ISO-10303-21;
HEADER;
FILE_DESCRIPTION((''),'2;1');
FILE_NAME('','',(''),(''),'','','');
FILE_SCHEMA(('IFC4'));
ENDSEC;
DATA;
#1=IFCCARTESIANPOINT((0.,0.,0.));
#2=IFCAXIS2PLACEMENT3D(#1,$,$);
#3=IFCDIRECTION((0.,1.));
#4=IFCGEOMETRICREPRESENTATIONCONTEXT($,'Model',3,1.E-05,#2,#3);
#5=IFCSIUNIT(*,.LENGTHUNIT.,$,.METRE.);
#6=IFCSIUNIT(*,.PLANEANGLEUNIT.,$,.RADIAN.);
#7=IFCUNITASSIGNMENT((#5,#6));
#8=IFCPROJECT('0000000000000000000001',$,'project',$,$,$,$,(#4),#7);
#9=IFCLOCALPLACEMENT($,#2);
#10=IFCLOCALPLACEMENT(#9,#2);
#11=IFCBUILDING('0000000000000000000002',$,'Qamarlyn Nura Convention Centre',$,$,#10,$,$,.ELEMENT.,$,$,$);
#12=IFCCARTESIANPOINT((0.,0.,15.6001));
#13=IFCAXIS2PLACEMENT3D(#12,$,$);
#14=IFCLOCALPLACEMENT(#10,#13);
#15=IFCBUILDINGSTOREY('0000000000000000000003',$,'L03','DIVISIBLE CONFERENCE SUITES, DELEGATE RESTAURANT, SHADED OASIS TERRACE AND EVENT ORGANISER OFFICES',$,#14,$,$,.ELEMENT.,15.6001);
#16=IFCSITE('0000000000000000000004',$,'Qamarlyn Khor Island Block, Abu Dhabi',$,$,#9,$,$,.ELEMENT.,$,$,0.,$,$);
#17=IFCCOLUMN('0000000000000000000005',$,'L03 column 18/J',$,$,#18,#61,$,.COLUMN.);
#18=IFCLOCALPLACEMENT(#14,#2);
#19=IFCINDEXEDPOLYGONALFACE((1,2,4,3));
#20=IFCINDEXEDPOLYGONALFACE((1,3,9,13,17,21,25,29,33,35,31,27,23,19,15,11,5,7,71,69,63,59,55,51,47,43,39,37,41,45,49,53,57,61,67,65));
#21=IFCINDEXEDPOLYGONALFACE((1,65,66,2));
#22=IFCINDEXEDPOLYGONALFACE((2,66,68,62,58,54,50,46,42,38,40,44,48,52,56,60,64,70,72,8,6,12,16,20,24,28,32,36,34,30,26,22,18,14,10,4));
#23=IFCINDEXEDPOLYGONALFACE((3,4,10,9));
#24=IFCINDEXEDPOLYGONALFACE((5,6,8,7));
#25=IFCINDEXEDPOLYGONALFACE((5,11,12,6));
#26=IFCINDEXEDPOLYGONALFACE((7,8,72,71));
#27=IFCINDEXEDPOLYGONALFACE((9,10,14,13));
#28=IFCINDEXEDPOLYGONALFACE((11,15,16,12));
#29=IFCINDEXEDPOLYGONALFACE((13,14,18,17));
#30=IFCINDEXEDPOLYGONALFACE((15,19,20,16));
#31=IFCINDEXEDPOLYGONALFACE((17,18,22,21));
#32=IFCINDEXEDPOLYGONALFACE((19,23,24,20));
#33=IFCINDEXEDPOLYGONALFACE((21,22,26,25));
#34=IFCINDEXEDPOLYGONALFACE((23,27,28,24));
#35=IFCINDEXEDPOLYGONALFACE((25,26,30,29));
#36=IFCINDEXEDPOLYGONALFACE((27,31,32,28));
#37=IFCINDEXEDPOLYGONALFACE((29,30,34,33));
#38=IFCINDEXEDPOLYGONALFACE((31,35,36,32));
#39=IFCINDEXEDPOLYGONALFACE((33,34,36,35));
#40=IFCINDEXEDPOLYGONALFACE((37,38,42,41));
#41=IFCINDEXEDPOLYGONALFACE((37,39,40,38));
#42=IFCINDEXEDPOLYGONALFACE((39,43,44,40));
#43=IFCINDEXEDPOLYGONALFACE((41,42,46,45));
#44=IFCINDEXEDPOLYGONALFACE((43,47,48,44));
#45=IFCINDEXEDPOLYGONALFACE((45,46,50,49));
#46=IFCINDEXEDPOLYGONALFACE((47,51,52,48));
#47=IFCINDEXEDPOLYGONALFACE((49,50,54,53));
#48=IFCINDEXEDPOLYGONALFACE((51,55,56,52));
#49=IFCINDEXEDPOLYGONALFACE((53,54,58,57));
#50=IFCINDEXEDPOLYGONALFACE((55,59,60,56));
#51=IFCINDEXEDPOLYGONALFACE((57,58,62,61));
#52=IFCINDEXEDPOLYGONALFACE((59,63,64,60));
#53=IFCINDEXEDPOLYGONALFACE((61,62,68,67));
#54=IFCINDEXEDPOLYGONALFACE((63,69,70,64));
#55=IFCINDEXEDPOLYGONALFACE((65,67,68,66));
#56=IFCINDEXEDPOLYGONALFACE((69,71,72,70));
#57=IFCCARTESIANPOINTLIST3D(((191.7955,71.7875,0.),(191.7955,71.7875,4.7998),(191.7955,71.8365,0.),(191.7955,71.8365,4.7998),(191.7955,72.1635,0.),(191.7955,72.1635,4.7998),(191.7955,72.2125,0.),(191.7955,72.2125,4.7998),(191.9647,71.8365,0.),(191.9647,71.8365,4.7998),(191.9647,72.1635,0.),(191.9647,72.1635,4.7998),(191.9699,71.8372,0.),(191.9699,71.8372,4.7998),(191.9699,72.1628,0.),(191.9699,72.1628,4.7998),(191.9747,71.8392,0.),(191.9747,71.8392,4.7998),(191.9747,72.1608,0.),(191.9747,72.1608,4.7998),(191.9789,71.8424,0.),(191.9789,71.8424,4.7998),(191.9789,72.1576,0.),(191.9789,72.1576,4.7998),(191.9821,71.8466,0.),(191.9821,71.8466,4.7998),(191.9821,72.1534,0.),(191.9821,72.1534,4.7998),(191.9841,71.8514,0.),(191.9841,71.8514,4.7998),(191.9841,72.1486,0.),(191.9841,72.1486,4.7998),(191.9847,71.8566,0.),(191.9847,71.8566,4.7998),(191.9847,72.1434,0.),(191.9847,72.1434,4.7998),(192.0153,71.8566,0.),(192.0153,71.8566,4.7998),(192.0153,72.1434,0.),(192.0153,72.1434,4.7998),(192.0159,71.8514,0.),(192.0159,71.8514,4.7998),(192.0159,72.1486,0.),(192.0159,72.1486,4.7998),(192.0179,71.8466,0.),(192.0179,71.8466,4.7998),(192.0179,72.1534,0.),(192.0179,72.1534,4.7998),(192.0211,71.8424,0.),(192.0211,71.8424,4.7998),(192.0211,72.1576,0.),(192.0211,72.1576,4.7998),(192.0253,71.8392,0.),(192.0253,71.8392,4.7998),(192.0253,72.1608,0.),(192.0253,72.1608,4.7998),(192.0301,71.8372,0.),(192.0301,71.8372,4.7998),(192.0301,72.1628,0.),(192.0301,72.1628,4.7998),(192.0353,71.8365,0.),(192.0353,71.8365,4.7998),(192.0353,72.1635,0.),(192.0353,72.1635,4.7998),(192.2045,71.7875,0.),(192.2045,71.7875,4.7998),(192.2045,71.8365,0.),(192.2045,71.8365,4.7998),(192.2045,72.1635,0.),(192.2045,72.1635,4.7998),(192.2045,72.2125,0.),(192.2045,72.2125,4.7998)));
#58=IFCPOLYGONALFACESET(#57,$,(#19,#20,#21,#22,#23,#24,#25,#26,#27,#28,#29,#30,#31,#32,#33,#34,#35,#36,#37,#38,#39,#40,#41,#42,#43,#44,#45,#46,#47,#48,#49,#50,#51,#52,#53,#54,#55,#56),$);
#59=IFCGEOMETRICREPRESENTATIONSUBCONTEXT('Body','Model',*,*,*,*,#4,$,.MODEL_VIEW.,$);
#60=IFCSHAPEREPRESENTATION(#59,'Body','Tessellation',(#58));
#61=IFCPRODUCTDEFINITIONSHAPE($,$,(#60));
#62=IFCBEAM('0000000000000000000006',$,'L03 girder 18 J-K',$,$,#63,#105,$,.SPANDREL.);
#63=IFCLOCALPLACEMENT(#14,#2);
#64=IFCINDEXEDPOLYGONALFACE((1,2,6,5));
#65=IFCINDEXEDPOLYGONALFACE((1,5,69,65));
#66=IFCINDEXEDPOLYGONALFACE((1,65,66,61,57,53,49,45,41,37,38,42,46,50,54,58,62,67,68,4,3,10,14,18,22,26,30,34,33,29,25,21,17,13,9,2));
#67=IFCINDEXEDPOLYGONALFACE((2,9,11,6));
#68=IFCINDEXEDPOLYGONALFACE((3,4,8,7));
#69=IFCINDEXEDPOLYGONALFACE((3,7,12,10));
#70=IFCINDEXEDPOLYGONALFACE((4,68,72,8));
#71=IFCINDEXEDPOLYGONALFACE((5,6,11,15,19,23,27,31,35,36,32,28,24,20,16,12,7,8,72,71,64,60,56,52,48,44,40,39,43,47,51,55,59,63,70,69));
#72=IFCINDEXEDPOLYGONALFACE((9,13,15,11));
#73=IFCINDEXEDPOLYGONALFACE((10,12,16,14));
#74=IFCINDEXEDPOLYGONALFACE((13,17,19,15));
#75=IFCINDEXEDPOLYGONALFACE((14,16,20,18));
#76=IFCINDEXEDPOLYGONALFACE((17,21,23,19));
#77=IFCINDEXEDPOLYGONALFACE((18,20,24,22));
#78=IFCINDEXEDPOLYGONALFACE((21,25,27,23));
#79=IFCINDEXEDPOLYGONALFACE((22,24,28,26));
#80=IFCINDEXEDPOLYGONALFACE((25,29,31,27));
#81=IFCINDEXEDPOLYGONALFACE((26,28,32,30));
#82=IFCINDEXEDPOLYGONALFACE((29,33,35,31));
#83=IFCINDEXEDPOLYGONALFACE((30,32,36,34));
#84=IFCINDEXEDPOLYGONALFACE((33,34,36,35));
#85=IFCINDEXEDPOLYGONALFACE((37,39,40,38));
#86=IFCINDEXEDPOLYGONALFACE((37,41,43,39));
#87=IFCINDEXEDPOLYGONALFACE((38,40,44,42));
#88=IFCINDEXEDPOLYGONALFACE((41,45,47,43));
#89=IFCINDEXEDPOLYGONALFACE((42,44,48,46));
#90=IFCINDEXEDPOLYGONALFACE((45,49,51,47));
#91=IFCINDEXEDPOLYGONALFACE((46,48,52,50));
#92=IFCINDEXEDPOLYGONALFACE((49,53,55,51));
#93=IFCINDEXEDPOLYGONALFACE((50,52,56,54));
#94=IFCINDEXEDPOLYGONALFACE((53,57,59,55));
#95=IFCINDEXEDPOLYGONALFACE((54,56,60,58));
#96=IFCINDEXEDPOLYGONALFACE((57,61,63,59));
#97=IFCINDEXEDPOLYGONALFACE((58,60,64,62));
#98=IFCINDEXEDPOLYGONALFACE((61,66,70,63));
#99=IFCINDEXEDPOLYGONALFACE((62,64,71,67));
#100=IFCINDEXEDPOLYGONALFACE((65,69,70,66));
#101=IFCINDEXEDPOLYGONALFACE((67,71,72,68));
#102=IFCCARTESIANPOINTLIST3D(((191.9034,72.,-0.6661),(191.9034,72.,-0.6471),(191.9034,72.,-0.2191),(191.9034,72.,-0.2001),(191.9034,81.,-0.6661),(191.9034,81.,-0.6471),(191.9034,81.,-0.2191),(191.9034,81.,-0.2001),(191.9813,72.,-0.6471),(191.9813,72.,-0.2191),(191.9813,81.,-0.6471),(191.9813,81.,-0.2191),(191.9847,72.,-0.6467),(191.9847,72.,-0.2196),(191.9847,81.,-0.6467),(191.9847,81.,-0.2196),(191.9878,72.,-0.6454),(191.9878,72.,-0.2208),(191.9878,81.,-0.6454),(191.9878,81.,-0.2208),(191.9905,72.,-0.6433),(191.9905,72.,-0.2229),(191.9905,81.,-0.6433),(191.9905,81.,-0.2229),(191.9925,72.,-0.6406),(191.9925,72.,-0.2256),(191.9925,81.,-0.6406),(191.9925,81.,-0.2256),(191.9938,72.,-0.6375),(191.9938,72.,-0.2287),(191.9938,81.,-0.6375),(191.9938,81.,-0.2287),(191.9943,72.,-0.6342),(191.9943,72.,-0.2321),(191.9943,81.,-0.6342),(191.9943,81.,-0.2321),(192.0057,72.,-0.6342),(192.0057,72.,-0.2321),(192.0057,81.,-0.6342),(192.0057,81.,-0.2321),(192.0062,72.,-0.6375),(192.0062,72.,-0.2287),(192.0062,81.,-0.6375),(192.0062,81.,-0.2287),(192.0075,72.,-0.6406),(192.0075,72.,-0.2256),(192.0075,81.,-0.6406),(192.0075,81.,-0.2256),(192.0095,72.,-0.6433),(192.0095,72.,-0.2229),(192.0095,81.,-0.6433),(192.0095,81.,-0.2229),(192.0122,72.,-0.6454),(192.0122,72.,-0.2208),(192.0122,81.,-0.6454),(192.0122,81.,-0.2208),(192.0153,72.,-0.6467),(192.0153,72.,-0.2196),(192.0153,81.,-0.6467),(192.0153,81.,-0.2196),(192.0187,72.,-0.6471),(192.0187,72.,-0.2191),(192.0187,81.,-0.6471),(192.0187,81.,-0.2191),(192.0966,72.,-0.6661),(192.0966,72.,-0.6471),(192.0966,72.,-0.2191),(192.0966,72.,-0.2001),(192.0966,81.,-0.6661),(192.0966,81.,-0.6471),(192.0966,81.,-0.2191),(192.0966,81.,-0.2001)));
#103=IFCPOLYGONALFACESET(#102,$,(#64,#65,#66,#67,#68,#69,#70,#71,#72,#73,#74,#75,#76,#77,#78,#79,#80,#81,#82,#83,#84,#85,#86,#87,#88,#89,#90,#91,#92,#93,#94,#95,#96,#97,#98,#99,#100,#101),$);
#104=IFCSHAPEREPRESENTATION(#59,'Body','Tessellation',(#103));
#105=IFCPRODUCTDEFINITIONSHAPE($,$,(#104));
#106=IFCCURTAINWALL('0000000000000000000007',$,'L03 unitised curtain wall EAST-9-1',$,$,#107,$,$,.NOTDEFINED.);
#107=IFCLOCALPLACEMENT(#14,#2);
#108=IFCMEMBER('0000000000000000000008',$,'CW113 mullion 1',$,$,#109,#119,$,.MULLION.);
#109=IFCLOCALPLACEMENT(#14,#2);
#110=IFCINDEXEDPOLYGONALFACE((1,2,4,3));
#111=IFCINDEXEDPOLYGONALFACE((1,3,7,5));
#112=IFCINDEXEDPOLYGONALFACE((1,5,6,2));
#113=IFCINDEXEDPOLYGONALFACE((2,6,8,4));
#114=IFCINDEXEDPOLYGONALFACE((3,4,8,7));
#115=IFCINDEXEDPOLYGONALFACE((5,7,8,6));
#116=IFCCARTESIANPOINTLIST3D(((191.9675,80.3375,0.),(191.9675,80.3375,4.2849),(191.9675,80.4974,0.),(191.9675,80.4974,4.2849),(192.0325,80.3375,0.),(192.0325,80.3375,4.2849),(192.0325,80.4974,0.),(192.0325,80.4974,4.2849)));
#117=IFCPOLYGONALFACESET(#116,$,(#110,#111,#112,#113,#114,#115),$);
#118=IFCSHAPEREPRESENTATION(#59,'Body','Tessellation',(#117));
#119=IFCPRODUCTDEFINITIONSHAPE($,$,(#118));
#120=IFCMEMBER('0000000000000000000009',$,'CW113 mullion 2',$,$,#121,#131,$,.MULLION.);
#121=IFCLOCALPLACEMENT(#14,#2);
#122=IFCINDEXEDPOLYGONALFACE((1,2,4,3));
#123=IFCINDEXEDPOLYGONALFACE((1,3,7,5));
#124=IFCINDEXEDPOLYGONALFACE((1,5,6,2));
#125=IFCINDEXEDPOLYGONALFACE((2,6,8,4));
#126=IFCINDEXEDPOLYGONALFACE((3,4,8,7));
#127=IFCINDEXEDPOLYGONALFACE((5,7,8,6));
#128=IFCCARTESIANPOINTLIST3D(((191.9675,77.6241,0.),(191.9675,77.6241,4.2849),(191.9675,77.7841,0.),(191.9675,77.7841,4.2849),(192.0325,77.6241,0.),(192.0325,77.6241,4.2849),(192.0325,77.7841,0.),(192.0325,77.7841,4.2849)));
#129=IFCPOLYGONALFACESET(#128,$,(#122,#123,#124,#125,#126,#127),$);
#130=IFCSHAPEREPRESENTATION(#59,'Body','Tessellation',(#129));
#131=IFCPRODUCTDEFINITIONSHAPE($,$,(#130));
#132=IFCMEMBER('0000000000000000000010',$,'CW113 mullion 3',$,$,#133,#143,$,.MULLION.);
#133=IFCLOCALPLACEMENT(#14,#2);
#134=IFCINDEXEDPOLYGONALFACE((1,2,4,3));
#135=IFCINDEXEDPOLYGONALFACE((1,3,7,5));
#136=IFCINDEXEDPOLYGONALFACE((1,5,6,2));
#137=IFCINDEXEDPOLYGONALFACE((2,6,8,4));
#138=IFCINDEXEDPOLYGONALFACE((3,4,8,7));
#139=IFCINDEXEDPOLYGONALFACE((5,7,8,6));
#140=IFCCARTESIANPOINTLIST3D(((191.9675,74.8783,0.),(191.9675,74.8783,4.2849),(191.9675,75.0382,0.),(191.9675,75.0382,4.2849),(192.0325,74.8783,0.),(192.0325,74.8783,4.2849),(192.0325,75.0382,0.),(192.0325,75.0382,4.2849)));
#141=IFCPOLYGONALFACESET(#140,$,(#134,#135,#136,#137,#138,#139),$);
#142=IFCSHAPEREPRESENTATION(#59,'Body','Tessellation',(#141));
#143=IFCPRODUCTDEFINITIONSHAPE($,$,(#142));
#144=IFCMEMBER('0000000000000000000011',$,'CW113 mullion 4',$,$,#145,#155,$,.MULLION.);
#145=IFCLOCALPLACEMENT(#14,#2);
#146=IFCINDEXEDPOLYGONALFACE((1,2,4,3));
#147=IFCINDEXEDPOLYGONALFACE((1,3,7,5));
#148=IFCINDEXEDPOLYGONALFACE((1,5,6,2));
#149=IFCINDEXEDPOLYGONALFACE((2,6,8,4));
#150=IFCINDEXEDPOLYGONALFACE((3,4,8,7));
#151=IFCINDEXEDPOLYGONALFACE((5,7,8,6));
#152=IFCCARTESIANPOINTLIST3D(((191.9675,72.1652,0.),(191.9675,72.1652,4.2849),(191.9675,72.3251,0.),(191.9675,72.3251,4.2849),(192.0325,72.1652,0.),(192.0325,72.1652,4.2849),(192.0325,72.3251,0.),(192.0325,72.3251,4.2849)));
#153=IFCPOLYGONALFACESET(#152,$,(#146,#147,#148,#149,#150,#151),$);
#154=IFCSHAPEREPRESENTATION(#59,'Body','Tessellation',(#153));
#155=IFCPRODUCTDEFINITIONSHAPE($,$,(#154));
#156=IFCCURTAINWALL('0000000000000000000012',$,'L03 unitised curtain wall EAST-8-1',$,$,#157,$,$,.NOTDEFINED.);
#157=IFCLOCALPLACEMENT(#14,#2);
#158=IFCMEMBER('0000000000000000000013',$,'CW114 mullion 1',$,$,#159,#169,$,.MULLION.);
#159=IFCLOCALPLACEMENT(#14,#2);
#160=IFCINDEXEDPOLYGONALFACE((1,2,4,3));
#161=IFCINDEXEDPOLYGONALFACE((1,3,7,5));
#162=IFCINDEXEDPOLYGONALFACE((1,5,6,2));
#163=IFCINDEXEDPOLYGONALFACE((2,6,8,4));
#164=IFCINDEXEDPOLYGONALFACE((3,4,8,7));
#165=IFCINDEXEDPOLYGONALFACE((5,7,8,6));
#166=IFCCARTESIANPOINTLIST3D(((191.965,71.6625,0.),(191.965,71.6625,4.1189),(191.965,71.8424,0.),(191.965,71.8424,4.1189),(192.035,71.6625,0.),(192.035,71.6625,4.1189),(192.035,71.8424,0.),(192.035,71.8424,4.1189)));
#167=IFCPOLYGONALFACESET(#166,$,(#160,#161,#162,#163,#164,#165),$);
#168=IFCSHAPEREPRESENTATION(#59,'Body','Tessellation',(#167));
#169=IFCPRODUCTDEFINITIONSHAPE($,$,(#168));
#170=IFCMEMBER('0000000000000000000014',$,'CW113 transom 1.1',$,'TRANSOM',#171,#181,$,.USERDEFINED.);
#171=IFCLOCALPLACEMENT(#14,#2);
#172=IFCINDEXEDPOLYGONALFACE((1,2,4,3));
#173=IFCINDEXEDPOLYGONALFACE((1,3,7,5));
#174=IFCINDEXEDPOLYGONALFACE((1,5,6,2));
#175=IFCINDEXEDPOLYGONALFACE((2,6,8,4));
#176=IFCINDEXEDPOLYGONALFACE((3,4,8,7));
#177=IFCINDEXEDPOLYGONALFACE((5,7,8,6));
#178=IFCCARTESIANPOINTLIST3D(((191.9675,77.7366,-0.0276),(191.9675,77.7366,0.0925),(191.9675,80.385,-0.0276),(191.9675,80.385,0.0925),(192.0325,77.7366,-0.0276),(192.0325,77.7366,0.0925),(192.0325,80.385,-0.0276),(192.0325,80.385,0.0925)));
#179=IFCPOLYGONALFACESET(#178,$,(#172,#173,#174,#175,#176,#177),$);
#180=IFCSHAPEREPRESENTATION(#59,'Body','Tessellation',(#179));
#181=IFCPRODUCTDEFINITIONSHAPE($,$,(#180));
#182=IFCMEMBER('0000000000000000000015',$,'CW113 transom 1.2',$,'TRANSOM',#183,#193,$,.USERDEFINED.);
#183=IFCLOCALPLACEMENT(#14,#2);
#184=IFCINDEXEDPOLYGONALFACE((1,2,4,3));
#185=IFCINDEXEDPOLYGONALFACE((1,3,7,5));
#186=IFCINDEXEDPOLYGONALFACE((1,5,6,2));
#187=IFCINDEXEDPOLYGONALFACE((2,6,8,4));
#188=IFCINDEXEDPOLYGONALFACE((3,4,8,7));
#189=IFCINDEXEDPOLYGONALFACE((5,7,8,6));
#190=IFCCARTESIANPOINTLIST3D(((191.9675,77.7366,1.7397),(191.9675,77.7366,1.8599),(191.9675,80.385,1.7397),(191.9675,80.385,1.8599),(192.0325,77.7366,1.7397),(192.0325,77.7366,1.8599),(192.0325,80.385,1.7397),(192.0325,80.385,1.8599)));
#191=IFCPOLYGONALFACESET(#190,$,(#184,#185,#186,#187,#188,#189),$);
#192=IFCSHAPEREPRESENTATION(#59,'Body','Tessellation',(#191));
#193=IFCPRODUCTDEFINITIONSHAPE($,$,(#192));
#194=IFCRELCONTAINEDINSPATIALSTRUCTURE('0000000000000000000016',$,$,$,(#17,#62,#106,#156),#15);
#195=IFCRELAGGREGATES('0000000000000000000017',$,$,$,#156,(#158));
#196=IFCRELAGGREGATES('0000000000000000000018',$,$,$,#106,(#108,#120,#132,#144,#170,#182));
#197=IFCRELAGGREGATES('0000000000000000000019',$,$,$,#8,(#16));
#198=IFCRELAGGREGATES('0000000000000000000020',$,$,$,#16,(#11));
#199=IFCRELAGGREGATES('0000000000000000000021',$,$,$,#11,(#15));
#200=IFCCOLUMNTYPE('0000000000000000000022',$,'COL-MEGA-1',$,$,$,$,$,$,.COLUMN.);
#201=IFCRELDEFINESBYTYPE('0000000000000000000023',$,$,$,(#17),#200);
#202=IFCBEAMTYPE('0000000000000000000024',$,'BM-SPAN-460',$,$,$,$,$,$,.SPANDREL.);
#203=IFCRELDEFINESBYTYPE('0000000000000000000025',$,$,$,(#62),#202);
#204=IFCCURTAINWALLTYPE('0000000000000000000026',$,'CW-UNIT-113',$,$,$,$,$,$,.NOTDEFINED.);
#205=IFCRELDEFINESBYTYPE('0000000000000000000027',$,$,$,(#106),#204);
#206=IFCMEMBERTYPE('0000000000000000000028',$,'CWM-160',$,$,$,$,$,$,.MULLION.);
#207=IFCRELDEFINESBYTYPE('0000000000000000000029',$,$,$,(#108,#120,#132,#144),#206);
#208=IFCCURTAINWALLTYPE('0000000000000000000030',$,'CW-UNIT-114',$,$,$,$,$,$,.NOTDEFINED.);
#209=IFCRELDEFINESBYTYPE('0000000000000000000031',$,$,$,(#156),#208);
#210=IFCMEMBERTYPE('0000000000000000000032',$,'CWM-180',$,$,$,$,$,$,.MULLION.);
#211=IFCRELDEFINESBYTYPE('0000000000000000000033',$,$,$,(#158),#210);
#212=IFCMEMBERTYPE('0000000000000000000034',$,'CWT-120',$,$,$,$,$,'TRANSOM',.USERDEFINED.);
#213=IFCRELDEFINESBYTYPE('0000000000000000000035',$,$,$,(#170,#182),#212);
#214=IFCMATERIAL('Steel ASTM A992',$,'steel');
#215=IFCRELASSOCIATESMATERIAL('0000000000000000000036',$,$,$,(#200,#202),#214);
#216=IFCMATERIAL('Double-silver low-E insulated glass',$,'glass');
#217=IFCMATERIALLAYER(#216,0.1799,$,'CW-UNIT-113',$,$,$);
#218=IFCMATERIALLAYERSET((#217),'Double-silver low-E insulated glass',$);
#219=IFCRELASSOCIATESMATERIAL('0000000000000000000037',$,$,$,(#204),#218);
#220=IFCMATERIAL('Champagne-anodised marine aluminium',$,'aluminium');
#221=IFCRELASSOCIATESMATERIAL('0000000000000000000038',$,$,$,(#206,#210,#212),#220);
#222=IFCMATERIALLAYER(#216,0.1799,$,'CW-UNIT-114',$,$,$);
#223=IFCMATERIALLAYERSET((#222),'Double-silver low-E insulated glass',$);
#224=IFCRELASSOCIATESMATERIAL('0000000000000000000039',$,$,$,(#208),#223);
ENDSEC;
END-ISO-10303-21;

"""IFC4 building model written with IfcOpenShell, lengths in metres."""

from ifc_helpers import new_model, si_unit, direction, frame, origin, origin_2d, place, context, subcontext, project, spatial, rectangle, i_section, extrude, material, layer, layer_set, material_profile, profile_set, type_object, element, aggregate, save


model = new_model("IFC4")

# Units and contexts
model_context = context("Model", 3, precision=1e-05, world=origin(), true_north=direction((0.0, 1.0)))
body_context = subcontext(model_context, "Body", "Model", "MODEL_VIEW")
ifc_project = project(units=[si_unit("LENGTHUNIT", "METRE"), si_unit("PLANEANGLEUNIT", "RADIAN")], contexts=[model_context])

# Site, building, storey
site_placement = place(None, origin())
site = spatial("IfcSite", under=ifc_project, at=site_placement, Name="Qamarlyn Khor Island Block, Abu Dhabi", CompositionType="ELEMENT", RefElevation=0.0)
building_placement = place(site_placement, origin())
building = spatial("IfcBuilding", under=site, at=building_placement, Name="Qamarlyn Nura Convention Centre", CompositionType="ELEMENT")
storey_placement = place(building_placement, frame((0.0, 0.0, 15.6001)))
storey = spatial("IfcBuildingStorey", under=building, at=storey_placement, Name="L03", Description="DIVISIBLE CONFERENCE SUITES, DELEGATE RESTAURANT, SHADED OASIS TERRACE AND EVENT ORGANISER OFFICES", CompositionType="ELEMENT", Elevation=15.6001)

# Column
ifc_material_1 = material(Name="Steel ASTM A992", Category="steel")
ifc_material_profile_1 = material_profile(ifc_material_1, i_section(OverallWidth=0.4089, OverallDepth=0.425, WebThickness=0.0305, FlangeThickness=0.0491, FilletRadius=0.02, at=origin_2d()), Name="W360X421")
ifc_profile_set_1 = profile_set([ifc_material_profile_1], Name="Steel ASTM A992")
column_type = type_object("IfcColumnType", Name="COL-MEGA-1", PredefinedType="COLUMN", material=ifc_profile_set_1)
column_placement = place(storey_placement, frame((192.0, 72.0, 0.0), z_axis=(0.0, 0.0, 1.0), x_axis=(1.0, 0.0, 0.0)))
element("IfcColumn", 1, at=column_placement, inside=storey, type_object=column_type, Name="L03 column 18/J", PredefinedType="COLUMN", context=body_context, shape_type="SweptSolid", body=[
    extrude(i_section(OverallWidth=0.4089, OverallDepth=0.425, WebThickness=0.0305, FlangeThickness=0.0491, FilletRadius=0.02, at=origin_2d()), origin(), (0.0, 0.0, 1.0), 4.7998),
])

# Beam
ifc_material_profile_2 = material_profile(ifc_material_1, i_section(OverallWidth=0.1931, OverallDepth=0.4661, WebThickness=0.0115, FlangeThickness=0.019, FilletRadius=0.0129, at=origin_2d()), Name="W460X97")
ifc_profile_set_2 = profile_set([ifc_material_profile_2], Name="Steel ASTM A992")
beam_type = type_object("IfcBeamType", Name="BM-SPAN-460", PredefinedType="SPANDREL", material=ifc_profile_set_2)
beam_placement = place(storey_placement, frame((192.0, 72.0, -0.4331), z_axis=(0.0, 1.0, 0.0), x_axis=(-1.0, 0.0, 0.0)))
element("IfcBeam", 2, at=beam_placement, inside=storey, type_object=beam_type, Name="L03 girder 18 J-K", PredefinedType="SPANDREL", context=body_context, shape_type="SweptSolid", body=[
    extrude(i_section(OverallWidth=0.1931, OverallDepth=0.4661, WebThickness=0.0115, FlangeThickness=0.019, FilletRadius=0.0129, at=origin_2d()), origin(), (0.0, 0.0, 1.0), 9.0),
])

# Curtain wall, members
ifc_material_2 = material(Name="Double-silver low-E insulated glass", Category="glass")
ifc_layer_1 = layer(ifc_material_2, 0.1799, Name="CW-UNIT-113")
ifc_layer_set_1 = layer_set([ifc_layer_1], Name="Double-silver low-E insulated glass")
curtain_wall_type_1 = type_object("IfcCurtainWallType", Name="CW-UNIT-113", PredefinedType="NOTDEFINED", material=ifc_layer_set_1)
curtain_wall_1_placement = place(storey_placement, origin())
curtain_wall_1 = element("IfcCurtainWall", 3, at=curtain_wall_1_placement, inside=storey, type_object=curtain_wall_type_1, Name="L03 unitised curtain wall EAST-9-1", PredefinedType="NOTDEFINED")
ifc_material_3 = material(Name="Champagne-anodised marine aluminium", Category="aluminium")
ifc_material_profile_3 = material_profile(ifc_material_3, rectangle(XDim=0.0649, YDim=0.1599, at=origin_2d()), Name="ALU MULLION 65x160")
ifc_profile_set_3 = profile_set([ifc_material_profile_3], Name="Champagne-anodised marine aluminium")
member_type_1 = type_object("IfcMemberType", Name="CWM-160", PredefinedType="MULLION", material=ifc_profile_set_3)
member_1_placement = place(storey_placement, frame((192.0, 80.4175, 0.0), z_axis=(0.0, 0.0, 1.0), x_axis=(1.0, 0.0, 0.0)))
member_1 = element("IfcMember", 4, at=member_1_placement, type_object=member_type_1, Name="CW113 mullion 1", PredefinedType="MULLION", context=body_context, shape_type="SweptSolid", body=[
    extrude(rectangle(XDim=0.0649, YDim=0.1599, at=origin_2d()), origin(), (0.0, 0.0, 1.0), 4.2849),
])
member_2_placement = place(storey_placement, frame((192.0, 77.7041, 0.0), z_axis=(0.0, 0.0, 1.0), x_axis=(1.0, 0.0, 0.0)))
member_2 = element("IfcMember", 5, at=member_2_placement, type_object=member_type_1, Name="CW113 mullion 2", PredefinedType="MULLION", context=body_context, shape_type="SweptSolid", body=[
    extrude(rectangle(XDim=0.0649, YDim=0.1599, at=origin_2d()), origin(), (0.0, 0.0, 1.0), 4.2849),
])
member_3_placement = place(storey_placement, frame((192.0, 74.9583, 0.0), z_axis=(0.0, 0.0, 1.0), x_axis=(1.0, 0.0, 0.0)))
member_3 = element("IfcMember", 6, at=member_3_placement, type_object=member_type_1, Name="CW113 mullion 3", PredefinedType="MULLION", context=body_context, shape_type="SweptSolid", body=[
    extrude(rectangle(XDim=0.0649, YDim=0.1599, at=origin_2d()), origin(), (0.0, 0.0, 1.0), 4.2849),
])
member_4_placement = place(storey_placement, frame((192.0, 72.2451, 0.0), z_axis=(0.0, 0.0, 1.0), x_axis=(1.0, 0.0, 0.0)))
member_4 = element("IfcMember", 7, at=member_4_placement, type_object=member_type_1, Name="CW113 mullion 4", PredefinedType="MULLION", context=body_context, shape_type="SweptSolid", body=[
    extrude(rectangle(XDim=0.0649, YDim=0.1599, at=origin_2d()), origin(), (0.0, 0.0, 1.0), 4.2849),
])

# Curtain wall, member
ifc_layer_2 = layer(ifc_material_2, 0.1799, Name="CW-UNIT-114")
ifc_layer_set_2 = layer_set([ifc_layer_2], Name="Double-silver low-E insulated glass")
curtain_wall_type_2 = type_object("IfcCurtainWallType", Name="CW-UNIT-114", PredefinedType="NOTDEFINED", material=ifc_layer_set_2)
curtain_wall_2_placement = place(storey_placement, origin())
curtain_wall_2 = element("IfcCurtainWall", 8, at=curtain_wall_2_placement, inside=storey, type_object=curtain_wall_type_2, Name="L03 unitised curtain wall EAST-8-1", PredefinedType="NOTDEFINED")
ifc_material_profile_4 = material_profile(ifc_material_3, rectangle(XDim=0.0701, YDim=0.1799, at=origin_2d()), Name="ALU MULLION 70x180")
ifc_profile_set_4 = profile_set([ifc_material_profile_4], Name="Champagne-anodised marine aluminium")
member_type_2 = type_object("IfcMemberType", Name="CWM-180", PredefinedType="MULLION", material=ifc_profile_set_4)
member_5_placement = place(storey_placement, frame((192.0, 71.7524, 0.0), z_axis=(0.0, 0.0, 1.0), x_axis=(1.0, 0.0, 0.0)))
member_5 = element("IfcMember", 9, at=member_5_placement, type_object=member_type_2, Name="CW114 mullion 1", PredefinedType="MULLION", context=body_context, shape_type="SweptSolid", body=[
    extrude(rectangle(XDim=0.0701, YDim=0.1799, at=origin_2d()), origin(), (0.0, 0.0, 1.0), 4.1189),
])

# Members
ifc_material_profile_5 = material_profile(ifc_material_3, rectangle(XDim=0.0649, YDim=0.1201, at=origin_2d()), Name="ALU TRANSOM 65x120")
ifc_profile_set_5 = profile_set([ifc_material_profile_5], Name="Champagne-anodised marine aluminium")
member_type_3 = type_object("IfcMemberType", Name="CWT-120", ElementType="TRANSOM", PredefinedType="USERDEFINED", material=ifc_profile_set_5)
member_6_placement = place(storey_placement, frame((192.0, 80.385, 0.0325), z_axis=(0.0, -1.0, 0.0), x_axis=(1.0, 0.0, 0.0)))
member_6 = element("IfcMember", 10, at=member_6_placement, type_object=member_type_3, Name="CW113 transom 1.1", ObjectType="TRANSOM", PredefinedType="USERDEFINED", context=body_context, shape_type="SweptSolid", body=[
    extrude(rectangle(XDim=0.0649, YDim=0.1201, at=origin_2d()), origin(), (0.0, 0.0, 1.0), 2.6484),
])
member_7_placement = place(storey_placement, frame((192.0, 80.385, 1.7998), z_axis=(0.0, -1.0, 0.0), x_axis=(1.0, 0.0, 0.0)))
member_7 = element("IfcMember", 11, at=member_7_placement, type_object=member_type_3, Name="CW113 transom 1.2", ObjectType="TRANSOM", PredefinedType="USERDEFINED", context=body_context, shape_type="SweptSolid", body=[
    extrude(rectangle(XDim=0.0649, YDim=0.1201, at=origin_2d()), origin(), (0.0, 0.0, 1.0), 2.6484),
])

aggregate(curtain_wall_2, [member_5])
aggregate(curtain_wall_1, [member_1, member_2, member_3, member_4, member_6, member_7])

save(model, "model.ifc")
